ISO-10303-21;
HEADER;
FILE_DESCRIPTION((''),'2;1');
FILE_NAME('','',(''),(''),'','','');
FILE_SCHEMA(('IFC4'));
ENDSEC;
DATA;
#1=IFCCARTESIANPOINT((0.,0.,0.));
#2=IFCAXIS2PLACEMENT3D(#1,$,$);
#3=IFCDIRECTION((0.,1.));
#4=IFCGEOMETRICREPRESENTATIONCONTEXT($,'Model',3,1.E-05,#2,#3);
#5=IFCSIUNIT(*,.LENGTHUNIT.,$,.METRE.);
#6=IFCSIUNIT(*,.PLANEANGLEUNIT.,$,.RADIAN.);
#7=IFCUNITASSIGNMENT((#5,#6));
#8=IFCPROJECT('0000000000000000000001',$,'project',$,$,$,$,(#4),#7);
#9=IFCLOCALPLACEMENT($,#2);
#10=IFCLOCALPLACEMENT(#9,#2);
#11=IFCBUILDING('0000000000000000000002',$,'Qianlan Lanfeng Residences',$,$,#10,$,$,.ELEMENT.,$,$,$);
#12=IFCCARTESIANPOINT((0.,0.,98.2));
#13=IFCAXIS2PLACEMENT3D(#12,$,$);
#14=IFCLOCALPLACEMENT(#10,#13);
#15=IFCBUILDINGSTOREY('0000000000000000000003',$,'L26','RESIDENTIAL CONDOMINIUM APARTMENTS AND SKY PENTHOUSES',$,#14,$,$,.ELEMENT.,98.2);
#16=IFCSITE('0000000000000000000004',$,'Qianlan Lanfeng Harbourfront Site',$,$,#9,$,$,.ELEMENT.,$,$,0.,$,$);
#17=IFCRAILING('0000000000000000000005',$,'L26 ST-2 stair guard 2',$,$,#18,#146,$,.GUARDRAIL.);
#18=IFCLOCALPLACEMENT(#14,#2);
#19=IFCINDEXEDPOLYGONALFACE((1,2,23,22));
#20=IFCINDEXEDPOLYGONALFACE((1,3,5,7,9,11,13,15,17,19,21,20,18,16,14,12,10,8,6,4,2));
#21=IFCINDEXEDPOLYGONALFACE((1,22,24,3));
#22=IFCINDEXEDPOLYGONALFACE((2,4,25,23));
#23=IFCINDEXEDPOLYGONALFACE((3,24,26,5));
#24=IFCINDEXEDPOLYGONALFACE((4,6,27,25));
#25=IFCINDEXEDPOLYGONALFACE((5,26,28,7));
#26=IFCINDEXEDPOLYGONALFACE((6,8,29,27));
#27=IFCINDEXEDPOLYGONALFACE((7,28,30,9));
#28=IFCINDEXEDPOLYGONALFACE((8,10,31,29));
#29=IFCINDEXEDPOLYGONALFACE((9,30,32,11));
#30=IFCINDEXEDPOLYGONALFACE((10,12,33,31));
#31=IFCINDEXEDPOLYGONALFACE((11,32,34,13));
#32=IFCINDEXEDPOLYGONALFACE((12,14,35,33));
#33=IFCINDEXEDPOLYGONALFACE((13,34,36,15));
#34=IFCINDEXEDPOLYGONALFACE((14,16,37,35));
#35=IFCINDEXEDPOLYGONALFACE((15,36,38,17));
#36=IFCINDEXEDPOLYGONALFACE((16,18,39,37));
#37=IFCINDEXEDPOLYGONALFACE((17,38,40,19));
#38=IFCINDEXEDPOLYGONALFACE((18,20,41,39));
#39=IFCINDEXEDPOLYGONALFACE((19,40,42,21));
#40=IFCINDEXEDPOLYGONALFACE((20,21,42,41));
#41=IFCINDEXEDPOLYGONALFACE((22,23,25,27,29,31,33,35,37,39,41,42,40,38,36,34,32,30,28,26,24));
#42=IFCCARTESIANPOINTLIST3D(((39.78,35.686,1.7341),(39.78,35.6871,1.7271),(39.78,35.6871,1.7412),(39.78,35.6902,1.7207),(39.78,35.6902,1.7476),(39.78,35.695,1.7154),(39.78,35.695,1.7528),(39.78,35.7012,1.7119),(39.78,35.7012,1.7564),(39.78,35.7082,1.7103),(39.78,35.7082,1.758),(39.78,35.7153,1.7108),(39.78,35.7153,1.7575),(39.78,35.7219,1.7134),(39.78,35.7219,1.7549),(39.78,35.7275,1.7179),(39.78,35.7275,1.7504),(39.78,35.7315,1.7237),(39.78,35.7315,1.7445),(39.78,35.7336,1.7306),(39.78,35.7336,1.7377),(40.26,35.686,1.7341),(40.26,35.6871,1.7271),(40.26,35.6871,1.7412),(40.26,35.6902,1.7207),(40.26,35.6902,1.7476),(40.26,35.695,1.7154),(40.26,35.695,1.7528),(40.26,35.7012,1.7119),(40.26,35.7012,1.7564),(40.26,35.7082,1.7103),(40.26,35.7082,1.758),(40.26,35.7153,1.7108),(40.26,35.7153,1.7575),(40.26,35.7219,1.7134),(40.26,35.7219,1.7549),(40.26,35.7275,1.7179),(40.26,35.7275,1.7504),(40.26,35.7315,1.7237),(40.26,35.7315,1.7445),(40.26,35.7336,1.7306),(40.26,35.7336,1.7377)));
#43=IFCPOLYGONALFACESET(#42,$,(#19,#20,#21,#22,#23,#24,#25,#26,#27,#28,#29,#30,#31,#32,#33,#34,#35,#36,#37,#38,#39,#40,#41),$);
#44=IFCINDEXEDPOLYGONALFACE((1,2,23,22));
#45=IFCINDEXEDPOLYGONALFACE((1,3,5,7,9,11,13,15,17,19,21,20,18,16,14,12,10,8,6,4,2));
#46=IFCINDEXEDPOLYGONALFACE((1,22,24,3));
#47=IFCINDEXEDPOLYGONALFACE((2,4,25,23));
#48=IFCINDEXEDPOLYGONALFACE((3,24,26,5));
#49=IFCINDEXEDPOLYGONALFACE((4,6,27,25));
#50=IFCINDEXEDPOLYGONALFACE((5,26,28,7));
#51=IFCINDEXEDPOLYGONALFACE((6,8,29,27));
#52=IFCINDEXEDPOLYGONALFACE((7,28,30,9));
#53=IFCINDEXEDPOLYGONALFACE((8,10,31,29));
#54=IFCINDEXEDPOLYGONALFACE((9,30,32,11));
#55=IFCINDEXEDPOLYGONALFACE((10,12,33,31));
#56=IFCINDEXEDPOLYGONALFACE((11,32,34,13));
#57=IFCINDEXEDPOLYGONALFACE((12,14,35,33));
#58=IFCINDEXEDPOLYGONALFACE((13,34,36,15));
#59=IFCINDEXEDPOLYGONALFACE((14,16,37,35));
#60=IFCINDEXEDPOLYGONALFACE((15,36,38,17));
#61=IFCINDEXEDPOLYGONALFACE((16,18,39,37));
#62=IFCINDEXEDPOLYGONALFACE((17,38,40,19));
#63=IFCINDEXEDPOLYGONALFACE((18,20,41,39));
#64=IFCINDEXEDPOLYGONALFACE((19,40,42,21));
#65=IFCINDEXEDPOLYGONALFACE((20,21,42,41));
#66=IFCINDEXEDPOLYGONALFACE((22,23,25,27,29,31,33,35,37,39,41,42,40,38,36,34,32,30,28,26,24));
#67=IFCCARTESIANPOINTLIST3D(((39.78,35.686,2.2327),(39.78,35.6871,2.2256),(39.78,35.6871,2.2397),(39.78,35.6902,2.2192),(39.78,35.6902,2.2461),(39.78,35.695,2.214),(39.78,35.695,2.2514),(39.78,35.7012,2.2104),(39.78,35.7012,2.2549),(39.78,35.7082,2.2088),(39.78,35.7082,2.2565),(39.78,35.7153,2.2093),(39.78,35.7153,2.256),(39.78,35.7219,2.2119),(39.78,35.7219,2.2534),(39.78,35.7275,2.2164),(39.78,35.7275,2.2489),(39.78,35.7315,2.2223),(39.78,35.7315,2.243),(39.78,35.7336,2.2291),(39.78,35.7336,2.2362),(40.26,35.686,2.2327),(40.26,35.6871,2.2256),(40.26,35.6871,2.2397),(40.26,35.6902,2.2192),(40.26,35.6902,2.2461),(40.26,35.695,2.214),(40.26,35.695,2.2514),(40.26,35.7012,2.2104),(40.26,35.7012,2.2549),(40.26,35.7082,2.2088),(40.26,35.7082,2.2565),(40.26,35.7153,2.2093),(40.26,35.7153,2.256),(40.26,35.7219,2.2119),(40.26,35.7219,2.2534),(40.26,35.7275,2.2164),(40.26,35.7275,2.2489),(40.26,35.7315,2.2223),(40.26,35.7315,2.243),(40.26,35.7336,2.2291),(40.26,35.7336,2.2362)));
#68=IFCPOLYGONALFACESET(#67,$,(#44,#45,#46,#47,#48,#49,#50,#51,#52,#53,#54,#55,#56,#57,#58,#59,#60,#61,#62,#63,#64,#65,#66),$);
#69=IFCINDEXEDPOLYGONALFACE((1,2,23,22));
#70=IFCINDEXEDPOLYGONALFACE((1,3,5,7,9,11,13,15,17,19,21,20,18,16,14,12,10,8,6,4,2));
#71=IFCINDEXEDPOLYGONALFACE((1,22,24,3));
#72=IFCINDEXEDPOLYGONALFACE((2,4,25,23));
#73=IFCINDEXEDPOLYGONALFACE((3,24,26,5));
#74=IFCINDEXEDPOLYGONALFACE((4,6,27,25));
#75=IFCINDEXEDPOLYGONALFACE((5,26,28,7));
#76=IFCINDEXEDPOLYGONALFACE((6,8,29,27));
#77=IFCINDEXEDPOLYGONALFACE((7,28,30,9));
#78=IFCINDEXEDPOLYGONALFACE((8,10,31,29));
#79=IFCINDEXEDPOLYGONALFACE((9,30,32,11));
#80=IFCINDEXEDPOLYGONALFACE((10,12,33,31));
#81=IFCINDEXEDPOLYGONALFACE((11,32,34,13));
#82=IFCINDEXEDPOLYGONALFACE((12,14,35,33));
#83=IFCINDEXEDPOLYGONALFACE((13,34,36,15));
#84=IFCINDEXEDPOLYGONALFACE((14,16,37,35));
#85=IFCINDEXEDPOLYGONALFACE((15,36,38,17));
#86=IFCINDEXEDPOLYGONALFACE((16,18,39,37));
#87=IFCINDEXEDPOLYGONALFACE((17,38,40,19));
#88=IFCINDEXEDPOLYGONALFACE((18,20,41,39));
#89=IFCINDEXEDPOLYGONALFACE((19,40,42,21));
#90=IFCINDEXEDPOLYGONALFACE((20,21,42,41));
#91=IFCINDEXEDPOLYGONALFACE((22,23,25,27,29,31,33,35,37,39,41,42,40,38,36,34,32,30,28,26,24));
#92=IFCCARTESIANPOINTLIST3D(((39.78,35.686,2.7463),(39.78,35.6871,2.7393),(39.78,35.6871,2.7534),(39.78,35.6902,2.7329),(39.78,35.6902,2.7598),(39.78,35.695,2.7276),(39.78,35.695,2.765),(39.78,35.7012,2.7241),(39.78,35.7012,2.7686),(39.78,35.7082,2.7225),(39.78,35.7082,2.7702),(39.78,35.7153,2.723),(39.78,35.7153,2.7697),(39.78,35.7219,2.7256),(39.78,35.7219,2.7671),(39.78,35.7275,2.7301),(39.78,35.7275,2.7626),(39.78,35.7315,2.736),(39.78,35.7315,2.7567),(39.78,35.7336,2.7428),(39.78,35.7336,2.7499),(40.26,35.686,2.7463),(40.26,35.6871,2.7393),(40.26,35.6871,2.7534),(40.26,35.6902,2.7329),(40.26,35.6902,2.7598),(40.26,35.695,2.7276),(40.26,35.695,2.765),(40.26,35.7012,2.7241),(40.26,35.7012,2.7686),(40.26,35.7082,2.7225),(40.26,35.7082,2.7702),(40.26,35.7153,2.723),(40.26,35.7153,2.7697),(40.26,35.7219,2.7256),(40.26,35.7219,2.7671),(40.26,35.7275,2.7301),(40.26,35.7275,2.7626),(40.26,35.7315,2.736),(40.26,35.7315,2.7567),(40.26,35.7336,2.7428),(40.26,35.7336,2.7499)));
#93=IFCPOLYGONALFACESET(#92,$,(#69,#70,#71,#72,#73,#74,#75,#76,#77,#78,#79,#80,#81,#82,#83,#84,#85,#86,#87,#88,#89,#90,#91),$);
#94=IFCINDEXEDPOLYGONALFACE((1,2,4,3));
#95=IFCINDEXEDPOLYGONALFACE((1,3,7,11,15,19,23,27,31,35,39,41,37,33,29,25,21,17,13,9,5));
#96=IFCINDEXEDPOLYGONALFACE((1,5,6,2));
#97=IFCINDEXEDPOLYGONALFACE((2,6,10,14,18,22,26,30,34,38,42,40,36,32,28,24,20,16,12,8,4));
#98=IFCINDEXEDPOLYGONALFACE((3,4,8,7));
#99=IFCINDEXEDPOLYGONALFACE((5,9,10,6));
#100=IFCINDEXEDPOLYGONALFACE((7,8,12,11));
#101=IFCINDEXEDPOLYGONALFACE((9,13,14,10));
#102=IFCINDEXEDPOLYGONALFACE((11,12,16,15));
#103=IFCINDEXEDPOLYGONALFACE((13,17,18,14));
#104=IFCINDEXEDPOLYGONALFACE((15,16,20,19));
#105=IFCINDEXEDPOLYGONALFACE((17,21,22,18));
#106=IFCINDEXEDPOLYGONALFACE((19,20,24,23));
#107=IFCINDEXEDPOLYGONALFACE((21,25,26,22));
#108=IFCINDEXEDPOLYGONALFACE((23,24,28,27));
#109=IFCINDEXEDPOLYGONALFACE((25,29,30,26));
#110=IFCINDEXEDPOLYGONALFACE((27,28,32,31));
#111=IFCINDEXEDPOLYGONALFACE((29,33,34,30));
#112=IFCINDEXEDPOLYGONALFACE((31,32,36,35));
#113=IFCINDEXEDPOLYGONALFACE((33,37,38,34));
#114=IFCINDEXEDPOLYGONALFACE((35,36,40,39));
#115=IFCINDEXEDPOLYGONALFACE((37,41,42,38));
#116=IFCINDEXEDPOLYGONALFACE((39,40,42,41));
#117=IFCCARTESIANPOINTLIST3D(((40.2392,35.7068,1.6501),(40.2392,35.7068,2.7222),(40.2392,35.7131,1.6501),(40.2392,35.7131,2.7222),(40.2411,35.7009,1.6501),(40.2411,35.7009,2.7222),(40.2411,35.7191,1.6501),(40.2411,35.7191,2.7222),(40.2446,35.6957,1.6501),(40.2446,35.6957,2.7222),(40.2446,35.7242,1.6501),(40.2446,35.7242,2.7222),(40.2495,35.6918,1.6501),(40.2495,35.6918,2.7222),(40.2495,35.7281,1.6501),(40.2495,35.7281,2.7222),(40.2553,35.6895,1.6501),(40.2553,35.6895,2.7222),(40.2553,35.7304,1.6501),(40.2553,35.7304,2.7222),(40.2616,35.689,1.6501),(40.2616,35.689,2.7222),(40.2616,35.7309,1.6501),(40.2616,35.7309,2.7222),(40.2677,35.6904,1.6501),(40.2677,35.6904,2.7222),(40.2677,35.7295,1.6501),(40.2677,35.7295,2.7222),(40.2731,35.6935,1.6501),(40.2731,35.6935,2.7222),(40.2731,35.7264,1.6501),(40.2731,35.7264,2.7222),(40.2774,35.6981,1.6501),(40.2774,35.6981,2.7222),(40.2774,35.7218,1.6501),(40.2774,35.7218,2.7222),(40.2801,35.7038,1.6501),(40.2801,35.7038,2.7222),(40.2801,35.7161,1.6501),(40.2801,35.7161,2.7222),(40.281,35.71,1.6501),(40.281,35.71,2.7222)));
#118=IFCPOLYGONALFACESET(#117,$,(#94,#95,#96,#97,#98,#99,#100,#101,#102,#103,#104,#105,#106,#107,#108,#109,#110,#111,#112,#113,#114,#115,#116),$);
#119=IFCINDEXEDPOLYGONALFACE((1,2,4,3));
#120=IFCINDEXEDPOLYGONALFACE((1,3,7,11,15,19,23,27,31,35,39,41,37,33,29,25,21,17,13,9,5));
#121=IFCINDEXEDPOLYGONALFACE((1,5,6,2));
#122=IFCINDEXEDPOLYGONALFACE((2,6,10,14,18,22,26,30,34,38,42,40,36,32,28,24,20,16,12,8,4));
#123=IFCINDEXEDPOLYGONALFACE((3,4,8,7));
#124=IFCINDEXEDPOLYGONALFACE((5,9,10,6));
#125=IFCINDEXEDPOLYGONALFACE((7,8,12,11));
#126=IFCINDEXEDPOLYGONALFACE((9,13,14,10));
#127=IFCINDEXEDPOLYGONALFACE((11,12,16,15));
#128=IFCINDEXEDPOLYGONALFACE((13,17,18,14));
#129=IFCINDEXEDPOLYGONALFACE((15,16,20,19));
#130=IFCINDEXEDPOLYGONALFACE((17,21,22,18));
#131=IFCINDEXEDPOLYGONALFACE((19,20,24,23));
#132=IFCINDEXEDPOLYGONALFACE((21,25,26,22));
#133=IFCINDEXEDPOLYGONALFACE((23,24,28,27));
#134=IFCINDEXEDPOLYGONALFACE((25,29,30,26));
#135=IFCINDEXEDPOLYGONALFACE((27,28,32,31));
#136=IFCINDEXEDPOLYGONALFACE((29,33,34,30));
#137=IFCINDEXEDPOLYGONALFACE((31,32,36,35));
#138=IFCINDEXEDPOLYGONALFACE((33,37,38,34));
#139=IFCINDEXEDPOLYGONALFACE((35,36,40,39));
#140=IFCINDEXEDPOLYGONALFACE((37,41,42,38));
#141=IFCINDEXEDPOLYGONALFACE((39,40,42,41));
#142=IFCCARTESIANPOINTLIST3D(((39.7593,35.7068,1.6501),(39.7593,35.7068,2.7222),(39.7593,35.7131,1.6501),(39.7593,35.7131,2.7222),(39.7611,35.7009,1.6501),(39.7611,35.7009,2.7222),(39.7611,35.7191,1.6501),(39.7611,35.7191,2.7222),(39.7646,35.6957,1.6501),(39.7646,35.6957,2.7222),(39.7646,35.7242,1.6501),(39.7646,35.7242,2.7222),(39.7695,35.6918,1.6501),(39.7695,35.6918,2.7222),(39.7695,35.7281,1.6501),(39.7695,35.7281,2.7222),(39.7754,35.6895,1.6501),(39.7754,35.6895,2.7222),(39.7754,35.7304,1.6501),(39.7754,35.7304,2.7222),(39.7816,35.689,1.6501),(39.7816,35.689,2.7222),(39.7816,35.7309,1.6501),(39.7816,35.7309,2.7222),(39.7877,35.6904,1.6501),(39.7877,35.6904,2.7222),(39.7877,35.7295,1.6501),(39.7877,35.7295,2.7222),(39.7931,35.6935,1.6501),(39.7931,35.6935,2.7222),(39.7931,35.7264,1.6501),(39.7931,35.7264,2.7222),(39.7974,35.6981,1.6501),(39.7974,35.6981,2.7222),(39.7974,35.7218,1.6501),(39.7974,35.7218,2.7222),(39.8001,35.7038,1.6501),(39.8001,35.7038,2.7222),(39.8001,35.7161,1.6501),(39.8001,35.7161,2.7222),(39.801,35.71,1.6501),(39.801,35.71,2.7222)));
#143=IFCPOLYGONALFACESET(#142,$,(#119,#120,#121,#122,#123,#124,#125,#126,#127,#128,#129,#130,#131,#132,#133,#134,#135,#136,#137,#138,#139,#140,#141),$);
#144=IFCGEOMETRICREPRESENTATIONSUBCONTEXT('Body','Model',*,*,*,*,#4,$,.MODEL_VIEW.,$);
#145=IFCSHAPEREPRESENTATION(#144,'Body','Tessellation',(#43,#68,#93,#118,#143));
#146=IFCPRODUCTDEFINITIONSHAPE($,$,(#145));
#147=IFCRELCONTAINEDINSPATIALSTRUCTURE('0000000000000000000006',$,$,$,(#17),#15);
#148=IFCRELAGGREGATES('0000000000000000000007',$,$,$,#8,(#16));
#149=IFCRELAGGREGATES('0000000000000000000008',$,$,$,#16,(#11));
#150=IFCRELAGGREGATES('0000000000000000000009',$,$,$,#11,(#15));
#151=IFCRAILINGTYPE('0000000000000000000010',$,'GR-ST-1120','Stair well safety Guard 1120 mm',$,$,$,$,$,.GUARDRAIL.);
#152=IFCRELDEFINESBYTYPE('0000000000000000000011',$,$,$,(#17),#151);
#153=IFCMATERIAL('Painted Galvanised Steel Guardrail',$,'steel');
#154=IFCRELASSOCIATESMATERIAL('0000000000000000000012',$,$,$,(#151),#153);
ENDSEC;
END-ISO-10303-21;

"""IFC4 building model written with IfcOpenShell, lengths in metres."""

from ifc_helpers import new_model, si_unit, direction, frame, origin, origin_2d, place, context, subcontext, project, spatial, circle, extrude, material, type_object, element, save


model = new_model("IFC4")

# Units and contexts
model_context = context("Model", 3, precision=1e-05, world=origin(), true_north=direction((0.0, 1.0)))
body_context = subcontext(model_context, "Body", "Model", "MODEL_VIEW")
ifc_project = project(units=[si_unit("LENGTHUNIT", "METRE"), si_unit("PLANEANGLEUNIT", "RADIAN")], contexts=[model_context])

# Site, building, storey
site_placement = place(None, origin())
site = spatial("IfcSite", under=ifc_project, at=site_placement, Name="Qianlan Lanfeng Harbourfront Site", CompositionType="ELEMENT", RefElevation=0.0)
building_placement = place(site_placement, origin())
building = spatial("IfcBuilding", under=site, at=building_placement, Name="Qianlan Lanfeng Residences", CompositionType="ELEMENT")
storey_placement = place(building_placement, frame((0.0, 0.0, 98.2)))
storey = spatial("IfcBuildingStorey", under=building, at=storey_placement, Name="L26", Description="RESIDENTIAL CONDOMINIUM APARTMENTS AND SKY PENTHOUSES", CompositionType="ELEMENT", Elevation=98.2)

# Railing
ifc_material_1 = material(Name="Painted Galvanised Steel Guardrail", Category="steel")
railing_type_1 = type_object("IfcRailingType", Name="GR-ST-1120", Description="Stair well safety Guard 1120 mm", PredefinedType="GUARDRAIL", material=ifc_material_1)
railing_1_placement = place(storey_placement, frame((40.26, 35.71, 1.6501)))
element("IfcRailing", 1, at=railing_1_placement, inside=storey, type_object=railing_type_1, Name="L26 ST-2 stair guard 2", PredefinedType="GUARDRAIL", context=body_context, shape_type="SweptSolid", body=[
    extrude(circle(Radius=0.0239, at=origin_2d()), frame((0.0, 0.0, 0.084), z_axis=(-1.0, 0.0, 0.0), x_axis=(0.0, -1.0, 0.0)), (0.0, 0.0, 1.0), 0.48),
    extrude(circle(Radius=0.0239, at=origin_2d()), frame((0.0, 0.0, 0.5825), z_axis=(-1.0, 0.0, 0.0), x_axis=(0.0, -1.0, 0.0)), (0.0, 0.0, 1.0), 0.48),
    extrude(circle(Radius=0.0239, at=origin_2d()), frame((0.0, 0.0, 1.0962), z_axis=(-1.0, 0.0, 0.0), x_axis=(0.0, -1.0, 0.0)), (0.0, 0.0, 1.0), 0.48),
    extrude(circle(Radius=0.021, at=origin_2d()), origin(), (0.0, 0.0, 1.0), 1.072),
    extrude(circle(Radius=0.021, at=origin_2d()), frame((-0.48, 0.0, 0.0)), (0.0, 0.0, 1.0), 1.072),
])

save(model, "model.ifc")
